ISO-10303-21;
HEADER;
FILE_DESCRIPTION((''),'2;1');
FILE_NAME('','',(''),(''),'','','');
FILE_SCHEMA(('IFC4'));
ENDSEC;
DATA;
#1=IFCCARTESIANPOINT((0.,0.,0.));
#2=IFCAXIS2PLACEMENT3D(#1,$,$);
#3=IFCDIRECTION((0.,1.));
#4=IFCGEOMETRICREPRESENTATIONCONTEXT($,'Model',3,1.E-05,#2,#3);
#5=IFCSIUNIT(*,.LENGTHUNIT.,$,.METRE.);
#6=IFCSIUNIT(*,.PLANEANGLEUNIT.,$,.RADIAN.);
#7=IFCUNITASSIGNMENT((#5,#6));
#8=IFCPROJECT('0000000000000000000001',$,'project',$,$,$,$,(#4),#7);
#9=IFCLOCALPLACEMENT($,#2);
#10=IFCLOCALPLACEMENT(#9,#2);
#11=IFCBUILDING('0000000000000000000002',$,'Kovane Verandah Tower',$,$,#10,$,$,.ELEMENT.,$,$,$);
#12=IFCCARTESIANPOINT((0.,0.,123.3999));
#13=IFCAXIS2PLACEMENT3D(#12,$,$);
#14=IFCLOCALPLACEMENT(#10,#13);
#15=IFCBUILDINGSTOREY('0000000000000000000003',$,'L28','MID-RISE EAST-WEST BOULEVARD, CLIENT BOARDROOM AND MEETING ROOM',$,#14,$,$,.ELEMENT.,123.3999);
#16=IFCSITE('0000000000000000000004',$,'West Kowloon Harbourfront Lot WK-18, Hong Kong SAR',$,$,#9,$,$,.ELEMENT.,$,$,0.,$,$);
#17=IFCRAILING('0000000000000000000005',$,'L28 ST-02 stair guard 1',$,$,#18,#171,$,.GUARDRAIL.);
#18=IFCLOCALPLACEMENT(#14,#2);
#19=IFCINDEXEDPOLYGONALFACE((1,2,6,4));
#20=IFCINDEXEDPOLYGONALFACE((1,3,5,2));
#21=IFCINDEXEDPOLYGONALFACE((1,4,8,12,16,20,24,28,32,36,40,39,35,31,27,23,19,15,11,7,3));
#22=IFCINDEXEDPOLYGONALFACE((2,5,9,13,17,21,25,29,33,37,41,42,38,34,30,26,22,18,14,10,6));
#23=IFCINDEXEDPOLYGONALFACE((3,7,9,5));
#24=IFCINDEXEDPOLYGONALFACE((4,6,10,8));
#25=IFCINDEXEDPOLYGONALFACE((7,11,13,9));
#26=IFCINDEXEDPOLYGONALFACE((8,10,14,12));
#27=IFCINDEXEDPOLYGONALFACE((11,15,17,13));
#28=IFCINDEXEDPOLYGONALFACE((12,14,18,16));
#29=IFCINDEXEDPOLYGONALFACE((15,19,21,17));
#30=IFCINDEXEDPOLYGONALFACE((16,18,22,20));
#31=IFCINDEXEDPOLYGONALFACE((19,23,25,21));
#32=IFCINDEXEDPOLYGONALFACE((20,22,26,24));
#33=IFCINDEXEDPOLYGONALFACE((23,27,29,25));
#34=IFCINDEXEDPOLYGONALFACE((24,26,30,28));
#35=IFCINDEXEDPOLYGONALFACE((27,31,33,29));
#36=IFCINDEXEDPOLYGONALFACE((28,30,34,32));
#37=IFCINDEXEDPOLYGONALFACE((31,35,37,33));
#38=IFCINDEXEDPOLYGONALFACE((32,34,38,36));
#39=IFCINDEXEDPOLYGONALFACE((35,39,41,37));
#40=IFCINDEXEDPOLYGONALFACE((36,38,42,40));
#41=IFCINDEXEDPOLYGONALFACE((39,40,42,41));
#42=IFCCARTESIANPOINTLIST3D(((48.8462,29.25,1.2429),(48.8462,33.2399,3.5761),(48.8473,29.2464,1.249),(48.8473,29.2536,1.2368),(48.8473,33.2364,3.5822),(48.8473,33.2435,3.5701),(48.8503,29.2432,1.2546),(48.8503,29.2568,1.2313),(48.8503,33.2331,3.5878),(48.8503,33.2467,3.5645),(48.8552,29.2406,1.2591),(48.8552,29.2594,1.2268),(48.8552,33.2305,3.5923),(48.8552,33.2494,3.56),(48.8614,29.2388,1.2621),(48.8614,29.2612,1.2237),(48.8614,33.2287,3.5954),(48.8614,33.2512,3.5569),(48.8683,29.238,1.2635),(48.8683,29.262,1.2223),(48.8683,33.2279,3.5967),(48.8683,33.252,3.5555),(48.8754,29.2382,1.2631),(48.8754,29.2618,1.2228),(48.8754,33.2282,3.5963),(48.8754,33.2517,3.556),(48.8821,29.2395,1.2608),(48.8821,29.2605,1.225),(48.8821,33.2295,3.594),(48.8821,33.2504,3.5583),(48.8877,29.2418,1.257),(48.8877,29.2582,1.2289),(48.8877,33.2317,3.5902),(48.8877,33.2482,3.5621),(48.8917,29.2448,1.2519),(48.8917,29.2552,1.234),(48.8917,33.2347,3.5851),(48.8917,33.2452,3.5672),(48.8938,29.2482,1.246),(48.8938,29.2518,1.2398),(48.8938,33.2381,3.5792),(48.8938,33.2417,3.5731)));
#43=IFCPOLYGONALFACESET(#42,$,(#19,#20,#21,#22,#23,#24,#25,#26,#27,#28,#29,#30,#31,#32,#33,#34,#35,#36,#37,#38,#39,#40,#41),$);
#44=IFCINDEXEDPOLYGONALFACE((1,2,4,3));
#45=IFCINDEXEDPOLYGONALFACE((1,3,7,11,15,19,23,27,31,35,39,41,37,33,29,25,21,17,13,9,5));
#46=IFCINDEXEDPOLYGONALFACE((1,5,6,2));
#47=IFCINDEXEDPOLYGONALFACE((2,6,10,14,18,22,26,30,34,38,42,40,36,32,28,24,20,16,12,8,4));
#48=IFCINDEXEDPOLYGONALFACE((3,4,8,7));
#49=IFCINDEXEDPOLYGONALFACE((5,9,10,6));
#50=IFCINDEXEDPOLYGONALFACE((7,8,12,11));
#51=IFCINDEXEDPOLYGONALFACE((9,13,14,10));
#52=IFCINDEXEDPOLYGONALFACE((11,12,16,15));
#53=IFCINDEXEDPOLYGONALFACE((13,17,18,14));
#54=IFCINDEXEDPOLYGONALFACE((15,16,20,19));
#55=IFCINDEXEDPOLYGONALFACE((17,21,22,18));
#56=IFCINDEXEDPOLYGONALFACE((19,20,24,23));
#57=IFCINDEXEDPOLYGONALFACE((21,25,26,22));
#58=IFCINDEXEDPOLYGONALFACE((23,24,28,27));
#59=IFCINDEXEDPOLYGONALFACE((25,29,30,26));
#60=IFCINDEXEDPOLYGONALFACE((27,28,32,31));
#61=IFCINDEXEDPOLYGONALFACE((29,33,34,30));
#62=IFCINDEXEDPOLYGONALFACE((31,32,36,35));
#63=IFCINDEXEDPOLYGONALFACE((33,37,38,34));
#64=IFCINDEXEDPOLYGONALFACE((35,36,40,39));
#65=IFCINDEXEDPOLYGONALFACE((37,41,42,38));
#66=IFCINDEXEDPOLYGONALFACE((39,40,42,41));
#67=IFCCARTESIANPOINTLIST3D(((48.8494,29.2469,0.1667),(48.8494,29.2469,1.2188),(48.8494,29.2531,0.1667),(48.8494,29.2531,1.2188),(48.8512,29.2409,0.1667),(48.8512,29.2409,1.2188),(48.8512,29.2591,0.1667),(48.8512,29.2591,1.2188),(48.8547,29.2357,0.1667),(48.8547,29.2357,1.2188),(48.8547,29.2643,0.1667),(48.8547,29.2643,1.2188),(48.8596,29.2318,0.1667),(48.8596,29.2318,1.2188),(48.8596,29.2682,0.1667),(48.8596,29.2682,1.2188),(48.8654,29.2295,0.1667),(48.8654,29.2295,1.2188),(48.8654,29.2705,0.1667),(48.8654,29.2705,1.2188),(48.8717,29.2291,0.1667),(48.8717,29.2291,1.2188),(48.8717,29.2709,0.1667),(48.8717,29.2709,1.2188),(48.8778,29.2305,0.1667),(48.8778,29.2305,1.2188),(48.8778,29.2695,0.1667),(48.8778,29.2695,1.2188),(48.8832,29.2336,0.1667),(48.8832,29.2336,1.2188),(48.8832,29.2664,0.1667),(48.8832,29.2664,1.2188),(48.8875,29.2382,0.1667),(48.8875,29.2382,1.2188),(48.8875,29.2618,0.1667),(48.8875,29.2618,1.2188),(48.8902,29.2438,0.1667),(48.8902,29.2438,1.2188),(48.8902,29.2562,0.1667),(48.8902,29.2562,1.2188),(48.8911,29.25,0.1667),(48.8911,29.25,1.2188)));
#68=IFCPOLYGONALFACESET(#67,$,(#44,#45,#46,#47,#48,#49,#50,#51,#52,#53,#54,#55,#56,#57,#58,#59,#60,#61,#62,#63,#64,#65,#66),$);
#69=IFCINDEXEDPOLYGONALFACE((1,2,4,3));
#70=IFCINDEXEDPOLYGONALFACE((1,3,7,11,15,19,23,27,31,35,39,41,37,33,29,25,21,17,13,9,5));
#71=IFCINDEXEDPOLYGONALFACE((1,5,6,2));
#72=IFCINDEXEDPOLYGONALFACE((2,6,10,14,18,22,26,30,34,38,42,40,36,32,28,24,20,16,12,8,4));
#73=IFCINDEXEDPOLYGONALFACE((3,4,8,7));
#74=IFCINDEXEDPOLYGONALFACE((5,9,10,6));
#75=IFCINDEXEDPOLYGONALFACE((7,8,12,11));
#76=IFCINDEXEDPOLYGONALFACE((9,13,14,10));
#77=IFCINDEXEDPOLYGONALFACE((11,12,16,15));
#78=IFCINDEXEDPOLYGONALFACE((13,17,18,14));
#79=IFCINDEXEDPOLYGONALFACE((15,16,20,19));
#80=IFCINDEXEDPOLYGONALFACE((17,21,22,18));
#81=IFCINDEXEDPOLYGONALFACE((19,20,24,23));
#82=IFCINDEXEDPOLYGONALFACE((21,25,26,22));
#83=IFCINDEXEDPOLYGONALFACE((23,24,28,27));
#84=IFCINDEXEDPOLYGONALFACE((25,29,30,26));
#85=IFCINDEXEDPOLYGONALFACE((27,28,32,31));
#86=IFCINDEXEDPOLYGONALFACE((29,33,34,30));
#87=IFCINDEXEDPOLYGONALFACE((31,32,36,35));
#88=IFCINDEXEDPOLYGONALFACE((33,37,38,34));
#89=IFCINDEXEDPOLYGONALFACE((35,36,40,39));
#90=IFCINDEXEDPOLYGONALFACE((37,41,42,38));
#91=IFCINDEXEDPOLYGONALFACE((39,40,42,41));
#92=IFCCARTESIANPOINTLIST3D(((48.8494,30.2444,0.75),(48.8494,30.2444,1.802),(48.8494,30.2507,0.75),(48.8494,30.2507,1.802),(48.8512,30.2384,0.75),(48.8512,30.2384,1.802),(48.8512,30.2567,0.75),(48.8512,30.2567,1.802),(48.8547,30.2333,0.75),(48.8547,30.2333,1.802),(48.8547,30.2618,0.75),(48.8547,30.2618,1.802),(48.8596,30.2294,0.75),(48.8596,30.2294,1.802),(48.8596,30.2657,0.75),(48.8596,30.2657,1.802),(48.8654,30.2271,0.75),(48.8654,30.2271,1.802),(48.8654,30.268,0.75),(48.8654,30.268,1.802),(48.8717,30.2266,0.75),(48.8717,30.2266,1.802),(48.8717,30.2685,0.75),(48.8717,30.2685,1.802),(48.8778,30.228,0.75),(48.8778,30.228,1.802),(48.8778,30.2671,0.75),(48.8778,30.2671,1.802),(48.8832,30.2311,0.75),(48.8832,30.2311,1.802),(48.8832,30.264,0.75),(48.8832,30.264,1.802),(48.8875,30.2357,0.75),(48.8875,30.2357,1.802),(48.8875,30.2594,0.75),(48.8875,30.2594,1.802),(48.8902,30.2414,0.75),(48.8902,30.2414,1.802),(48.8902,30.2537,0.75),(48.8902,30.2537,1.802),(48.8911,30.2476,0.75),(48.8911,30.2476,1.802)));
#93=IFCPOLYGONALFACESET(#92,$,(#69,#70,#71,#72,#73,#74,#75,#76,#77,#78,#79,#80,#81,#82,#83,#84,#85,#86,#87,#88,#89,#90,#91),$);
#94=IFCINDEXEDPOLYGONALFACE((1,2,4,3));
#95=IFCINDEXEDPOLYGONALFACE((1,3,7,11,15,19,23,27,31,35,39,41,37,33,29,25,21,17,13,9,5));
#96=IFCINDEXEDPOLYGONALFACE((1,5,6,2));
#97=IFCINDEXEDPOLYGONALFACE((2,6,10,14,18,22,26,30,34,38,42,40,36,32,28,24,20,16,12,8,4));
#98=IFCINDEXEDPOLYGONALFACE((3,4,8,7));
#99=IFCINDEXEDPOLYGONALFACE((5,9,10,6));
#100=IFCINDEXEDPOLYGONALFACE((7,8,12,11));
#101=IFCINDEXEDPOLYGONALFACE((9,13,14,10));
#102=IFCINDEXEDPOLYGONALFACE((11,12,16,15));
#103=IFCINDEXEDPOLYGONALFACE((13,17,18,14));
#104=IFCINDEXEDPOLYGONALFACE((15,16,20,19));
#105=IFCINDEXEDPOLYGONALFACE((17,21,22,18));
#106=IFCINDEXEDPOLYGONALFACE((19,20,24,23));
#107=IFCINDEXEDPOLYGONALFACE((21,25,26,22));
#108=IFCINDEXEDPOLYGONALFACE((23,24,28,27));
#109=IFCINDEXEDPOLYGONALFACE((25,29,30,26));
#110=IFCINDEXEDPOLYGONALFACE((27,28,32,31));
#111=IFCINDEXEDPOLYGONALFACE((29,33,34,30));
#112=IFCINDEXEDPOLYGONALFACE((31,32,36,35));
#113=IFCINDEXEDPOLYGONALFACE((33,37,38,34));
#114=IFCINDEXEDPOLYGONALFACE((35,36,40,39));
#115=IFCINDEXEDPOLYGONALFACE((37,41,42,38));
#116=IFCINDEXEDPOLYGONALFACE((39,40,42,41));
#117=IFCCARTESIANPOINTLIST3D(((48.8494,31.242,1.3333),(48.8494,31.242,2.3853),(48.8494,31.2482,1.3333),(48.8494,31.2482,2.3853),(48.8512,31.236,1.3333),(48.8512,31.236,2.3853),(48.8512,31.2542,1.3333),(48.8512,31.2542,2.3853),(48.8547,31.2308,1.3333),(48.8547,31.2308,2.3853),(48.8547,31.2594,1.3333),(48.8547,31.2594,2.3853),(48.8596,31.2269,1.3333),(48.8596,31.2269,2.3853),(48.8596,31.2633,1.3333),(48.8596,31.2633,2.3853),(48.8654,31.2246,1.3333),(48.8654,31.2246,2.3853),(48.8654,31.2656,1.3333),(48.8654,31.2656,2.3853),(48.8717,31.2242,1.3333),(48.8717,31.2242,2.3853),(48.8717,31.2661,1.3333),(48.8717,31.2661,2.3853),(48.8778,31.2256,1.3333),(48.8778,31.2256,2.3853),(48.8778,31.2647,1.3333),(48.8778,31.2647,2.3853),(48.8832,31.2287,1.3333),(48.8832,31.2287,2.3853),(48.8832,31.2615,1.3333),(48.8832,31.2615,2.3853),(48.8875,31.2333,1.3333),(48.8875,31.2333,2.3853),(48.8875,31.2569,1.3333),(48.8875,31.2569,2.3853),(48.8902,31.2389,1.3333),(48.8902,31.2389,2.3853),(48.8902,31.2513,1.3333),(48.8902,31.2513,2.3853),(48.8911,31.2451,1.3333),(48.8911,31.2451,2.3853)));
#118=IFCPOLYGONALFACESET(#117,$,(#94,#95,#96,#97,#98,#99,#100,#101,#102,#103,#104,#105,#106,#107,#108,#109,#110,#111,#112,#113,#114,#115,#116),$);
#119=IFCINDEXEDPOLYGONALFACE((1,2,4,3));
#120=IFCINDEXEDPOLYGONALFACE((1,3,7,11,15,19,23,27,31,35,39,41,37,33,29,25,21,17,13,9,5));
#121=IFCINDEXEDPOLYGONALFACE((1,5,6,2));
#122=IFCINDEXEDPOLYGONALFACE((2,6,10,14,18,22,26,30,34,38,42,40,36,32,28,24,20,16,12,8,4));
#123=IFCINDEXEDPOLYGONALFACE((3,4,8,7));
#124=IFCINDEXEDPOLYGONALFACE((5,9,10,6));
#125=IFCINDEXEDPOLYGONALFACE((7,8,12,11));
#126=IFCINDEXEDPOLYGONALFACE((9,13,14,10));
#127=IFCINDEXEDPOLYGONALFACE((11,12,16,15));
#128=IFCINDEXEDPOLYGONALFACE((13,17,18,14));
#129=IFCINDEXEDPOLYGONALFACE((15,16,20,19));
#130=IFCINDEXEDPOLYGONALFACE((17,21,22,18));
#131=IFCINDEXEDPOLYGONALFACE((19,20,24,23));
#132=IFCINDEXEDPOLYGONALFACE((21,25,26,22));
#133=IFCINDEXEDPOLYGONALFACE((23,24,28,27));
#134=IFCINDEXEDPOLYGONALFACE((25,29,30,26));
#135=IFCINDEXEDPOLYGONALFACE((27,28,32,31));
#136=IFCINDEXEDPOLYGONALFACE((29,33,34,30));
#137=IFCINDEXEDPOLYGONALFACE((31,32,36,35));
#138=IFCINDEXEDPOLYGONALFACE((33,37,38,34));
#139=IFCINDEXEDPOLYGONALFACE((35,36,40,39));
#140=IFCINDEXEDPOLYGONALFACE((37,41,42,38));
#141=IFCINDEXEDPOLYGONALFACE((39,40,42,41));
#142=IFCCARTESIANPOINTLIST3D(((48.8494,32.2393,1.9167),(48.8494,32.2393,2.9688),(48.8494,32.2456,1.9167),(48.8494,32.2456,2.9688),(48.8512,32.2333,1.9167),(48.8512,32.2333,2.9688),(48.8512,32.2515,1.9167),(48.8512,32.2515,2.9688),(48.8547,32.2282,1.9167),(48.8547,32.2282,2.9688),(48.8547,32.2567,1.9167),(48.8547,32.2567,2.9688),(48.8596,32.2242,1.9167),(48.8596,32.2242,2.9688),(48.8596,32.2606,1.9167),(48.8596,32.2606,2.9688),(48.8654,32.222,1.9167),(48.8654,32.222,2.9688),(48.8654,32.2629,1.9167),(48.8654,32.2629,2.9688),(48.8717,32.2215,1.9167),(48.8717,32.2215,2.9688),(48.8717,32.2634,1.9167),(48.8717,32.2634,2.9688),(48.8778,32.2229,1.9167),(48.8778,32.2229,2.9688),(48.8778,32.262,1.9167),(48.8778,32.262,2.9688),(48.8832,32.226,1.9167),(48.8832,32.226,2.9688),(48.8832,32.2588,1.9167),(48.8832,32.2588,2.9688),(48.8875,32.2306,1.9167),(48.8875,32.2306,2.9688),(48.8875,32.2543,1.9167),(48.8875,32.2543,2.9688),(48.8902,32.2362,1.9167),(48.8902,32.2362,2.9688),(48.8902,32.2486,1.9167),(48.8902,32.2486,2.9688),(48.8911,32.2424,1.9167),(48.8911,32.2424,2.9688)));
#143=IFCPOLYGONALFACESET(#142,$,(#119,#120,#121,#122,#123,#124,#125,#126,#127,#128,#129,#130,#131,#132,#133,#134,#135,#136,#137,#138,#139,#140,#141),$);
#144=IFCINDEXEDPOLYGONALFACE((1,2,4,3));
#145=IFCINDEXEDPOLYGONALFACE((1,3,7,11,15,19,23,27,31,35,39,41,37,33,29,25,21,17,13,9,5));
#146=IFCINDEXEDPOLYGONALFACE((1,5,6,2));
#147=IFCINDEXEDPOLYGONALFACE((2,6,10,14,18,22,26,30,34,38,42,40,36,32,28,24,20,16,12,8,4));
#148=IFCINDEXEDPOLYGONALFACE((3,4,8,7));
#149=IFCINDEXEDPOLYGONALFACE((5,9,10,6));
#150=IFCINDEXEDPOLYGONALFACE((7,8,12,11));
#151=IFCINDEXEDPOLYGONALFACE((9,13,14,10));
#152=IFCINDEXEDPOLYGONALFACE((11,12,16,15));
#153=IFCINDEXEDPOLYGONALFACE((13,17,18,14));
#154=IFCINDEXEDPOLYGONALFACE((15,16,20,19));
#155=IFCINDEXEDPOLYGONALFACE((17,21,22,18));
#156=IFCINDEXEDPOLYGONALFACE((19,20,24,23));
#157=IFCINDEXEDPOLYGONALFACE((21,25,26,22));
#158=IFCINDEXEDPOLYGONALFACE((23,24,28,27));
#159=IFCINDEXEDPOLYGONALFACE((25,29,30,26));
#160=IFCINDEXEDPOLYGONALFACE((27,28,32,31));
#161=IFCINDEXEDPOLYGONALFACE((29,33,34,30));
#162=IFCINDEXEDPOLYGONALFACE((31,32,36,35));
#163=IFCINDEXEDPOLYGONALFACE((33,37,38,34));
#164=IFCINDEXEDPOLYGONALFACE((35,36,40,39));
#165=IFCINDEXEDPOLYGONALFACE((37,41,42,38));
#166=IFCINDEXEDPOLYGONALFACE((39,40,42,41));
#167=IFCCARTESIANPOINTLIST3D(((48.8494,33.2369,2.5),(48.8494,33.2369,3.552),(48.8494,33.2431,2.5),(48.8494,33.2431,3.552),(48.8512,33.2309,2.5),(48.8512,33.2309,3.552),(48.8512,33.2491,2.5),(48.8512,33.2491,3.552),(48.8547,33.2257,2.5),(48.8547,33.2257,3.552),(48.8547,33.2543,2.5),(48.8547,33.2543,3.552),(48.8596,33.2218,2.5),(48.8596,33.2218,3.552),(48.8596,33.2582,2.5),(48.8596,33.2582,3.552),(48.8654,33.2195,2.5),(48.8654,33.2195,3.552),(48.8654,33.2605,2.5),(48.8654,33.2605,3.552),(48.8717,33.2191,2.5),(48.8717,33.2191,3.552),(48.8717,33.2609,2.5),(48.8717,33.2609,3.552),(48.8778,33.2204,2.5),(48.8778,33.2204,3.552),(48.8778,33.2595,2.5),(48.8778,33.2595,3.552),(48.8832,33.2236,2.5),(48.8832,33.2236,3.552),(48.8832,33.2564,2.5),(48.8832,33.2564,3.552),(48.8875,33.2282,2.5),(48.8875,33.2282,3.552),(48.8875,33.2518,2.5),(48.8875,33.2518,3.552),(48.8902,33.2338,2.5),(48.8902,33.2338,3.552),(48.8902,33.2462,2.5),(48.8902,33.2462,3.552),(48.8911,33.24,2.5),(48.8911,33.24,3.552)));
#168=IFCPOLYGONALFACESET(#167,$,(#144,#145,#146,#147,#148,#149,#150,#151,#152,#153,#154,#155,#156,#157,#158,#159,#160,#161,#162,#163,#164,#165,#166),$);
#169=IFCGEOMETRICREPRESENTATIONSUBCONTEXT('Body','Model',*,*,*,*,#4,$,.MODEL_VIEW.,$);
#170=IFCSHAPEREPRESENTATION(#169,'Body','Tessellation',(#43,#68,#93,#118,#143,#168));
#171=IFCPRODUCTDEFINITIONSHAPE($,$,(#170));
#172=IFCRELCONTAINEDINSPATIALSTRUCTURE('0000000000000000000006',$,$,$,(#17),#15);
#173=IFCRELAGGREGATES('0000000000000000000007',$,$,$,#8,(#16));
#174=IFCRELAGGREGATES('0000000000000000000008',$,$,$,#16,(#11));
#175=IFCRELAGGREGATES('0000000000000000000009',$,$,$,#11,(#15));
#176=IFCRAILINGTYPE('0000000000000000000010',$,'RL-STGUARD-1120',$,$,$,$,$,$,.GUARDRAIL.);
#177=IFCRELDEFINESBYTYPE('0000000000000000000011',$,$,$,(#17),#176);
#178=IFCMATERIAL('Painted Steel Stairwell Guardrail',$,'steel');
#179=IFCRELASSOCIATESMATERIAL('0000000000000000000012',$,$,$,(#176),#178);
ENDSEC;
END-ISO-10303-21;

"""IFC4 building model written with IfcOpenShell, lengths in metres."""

from ifc_helpers import new_model, si_unit, direction, frame, origin, origin_2d, place, context, subcontext, project, spatial, circle, extrude, material, type_object, element, save


model = new_model("IFC4")

# Units and contexts
model_context = context("Model", 3, precision=1e-05, world=origin(), true_north=direction((0.0, 1.0)))
body_context = subcontext(model_context, "Body", "Model", "MODEL_VIEW")
ifc_project = project(units=[si_unit("LENGTHUNIT", "METRE"), si_unit("PLANEANGLEUNIT", "RADIAN")], contexts=[model_context])

# Site, building, storey
site_placement = place(None, origin())
site = spatial("IfcSite", under=ifc_project, at=site_placement, Name="West Kowloon Harbourfront Lot WK-18, Hong Kong SAR", CompositionType="ELEMENT", RefElevation=0.0)
building_placement = place(site_placement, origin())
building = spatial("IfcBuilding", under=site, at=building_placement, Name="Kovane Verandah Tower", CompositionType="ELEMENT")
storey_placement = place(building_placement, frame((0.0, 0.0, 123.3999)))
storey = spatial("IfcBuildingStorey", under=building, at=storey_placement, Name="L28", Description="MID-RISE EAST-WEST BOULEVARD, CLIENT BOARDROOM AND MEETING ROOM", CompositionType="ELEMENT", Elevation=123.3999)

# Railing
ifc_material_1 = material(Name="Painted Steel Stairwell Guardrail", Category="steel")
railing_type_1 = type_object("IfcRailingType", Name="RL-STGUARD-1120", PredefinedType="GUARDRAIL", material=ifc_material_1)
railing_1_placement = place(storey_placement, frame((48.8701, 29.25, 0.1667)))
element("IfcRailing", 1, at=railing_1_placement, inside=storey, type_object=railing_type_1, Name="L28 ST-02 stair guard 1", PredefinedType="GUARDRAIL", context=body_context, shape_type="SweptSolid", body=[
    extrude(circle(Radius=0.0239, at=origin_2d()), frame((0.0, 0.0, 1.0762), z_axis=(0.0, 0.863236, 0.5048), x_axis=(-1.0, 0.0, 0.0)), (0.0, 0.0, 1.0), 4.6221),
    extrude(circle(Radius=0.021, at=origin_2d()), origin(), (0.0, 0.0, 1.0), 1.052),
    extrude(circle(Radius=0.021, at=origin_2d()), frame((0.0, 0.9976, 0.5833)), (0.0, 0.0, 1.0), 1.052),
    extrude(circle(Radius=0.021, at=origin_2d()), frame((0.0, 1.9951, 1.1665)), (0.0, 0.0, 1.0), 1.052),
    extrude(circle(Radius=0.021, at=origin_2d()), frame((0.0, 2.9924, 1.75)), (0.0, 0.0, 1.0), 1.052),
    extrude(circle(Radius=0.021, at=origin_2d()), frame((0.0, 3.99, 2.3333)), (0.0, 0.0, 1.0), 1.052),
])

save(model, "model.ifc")
